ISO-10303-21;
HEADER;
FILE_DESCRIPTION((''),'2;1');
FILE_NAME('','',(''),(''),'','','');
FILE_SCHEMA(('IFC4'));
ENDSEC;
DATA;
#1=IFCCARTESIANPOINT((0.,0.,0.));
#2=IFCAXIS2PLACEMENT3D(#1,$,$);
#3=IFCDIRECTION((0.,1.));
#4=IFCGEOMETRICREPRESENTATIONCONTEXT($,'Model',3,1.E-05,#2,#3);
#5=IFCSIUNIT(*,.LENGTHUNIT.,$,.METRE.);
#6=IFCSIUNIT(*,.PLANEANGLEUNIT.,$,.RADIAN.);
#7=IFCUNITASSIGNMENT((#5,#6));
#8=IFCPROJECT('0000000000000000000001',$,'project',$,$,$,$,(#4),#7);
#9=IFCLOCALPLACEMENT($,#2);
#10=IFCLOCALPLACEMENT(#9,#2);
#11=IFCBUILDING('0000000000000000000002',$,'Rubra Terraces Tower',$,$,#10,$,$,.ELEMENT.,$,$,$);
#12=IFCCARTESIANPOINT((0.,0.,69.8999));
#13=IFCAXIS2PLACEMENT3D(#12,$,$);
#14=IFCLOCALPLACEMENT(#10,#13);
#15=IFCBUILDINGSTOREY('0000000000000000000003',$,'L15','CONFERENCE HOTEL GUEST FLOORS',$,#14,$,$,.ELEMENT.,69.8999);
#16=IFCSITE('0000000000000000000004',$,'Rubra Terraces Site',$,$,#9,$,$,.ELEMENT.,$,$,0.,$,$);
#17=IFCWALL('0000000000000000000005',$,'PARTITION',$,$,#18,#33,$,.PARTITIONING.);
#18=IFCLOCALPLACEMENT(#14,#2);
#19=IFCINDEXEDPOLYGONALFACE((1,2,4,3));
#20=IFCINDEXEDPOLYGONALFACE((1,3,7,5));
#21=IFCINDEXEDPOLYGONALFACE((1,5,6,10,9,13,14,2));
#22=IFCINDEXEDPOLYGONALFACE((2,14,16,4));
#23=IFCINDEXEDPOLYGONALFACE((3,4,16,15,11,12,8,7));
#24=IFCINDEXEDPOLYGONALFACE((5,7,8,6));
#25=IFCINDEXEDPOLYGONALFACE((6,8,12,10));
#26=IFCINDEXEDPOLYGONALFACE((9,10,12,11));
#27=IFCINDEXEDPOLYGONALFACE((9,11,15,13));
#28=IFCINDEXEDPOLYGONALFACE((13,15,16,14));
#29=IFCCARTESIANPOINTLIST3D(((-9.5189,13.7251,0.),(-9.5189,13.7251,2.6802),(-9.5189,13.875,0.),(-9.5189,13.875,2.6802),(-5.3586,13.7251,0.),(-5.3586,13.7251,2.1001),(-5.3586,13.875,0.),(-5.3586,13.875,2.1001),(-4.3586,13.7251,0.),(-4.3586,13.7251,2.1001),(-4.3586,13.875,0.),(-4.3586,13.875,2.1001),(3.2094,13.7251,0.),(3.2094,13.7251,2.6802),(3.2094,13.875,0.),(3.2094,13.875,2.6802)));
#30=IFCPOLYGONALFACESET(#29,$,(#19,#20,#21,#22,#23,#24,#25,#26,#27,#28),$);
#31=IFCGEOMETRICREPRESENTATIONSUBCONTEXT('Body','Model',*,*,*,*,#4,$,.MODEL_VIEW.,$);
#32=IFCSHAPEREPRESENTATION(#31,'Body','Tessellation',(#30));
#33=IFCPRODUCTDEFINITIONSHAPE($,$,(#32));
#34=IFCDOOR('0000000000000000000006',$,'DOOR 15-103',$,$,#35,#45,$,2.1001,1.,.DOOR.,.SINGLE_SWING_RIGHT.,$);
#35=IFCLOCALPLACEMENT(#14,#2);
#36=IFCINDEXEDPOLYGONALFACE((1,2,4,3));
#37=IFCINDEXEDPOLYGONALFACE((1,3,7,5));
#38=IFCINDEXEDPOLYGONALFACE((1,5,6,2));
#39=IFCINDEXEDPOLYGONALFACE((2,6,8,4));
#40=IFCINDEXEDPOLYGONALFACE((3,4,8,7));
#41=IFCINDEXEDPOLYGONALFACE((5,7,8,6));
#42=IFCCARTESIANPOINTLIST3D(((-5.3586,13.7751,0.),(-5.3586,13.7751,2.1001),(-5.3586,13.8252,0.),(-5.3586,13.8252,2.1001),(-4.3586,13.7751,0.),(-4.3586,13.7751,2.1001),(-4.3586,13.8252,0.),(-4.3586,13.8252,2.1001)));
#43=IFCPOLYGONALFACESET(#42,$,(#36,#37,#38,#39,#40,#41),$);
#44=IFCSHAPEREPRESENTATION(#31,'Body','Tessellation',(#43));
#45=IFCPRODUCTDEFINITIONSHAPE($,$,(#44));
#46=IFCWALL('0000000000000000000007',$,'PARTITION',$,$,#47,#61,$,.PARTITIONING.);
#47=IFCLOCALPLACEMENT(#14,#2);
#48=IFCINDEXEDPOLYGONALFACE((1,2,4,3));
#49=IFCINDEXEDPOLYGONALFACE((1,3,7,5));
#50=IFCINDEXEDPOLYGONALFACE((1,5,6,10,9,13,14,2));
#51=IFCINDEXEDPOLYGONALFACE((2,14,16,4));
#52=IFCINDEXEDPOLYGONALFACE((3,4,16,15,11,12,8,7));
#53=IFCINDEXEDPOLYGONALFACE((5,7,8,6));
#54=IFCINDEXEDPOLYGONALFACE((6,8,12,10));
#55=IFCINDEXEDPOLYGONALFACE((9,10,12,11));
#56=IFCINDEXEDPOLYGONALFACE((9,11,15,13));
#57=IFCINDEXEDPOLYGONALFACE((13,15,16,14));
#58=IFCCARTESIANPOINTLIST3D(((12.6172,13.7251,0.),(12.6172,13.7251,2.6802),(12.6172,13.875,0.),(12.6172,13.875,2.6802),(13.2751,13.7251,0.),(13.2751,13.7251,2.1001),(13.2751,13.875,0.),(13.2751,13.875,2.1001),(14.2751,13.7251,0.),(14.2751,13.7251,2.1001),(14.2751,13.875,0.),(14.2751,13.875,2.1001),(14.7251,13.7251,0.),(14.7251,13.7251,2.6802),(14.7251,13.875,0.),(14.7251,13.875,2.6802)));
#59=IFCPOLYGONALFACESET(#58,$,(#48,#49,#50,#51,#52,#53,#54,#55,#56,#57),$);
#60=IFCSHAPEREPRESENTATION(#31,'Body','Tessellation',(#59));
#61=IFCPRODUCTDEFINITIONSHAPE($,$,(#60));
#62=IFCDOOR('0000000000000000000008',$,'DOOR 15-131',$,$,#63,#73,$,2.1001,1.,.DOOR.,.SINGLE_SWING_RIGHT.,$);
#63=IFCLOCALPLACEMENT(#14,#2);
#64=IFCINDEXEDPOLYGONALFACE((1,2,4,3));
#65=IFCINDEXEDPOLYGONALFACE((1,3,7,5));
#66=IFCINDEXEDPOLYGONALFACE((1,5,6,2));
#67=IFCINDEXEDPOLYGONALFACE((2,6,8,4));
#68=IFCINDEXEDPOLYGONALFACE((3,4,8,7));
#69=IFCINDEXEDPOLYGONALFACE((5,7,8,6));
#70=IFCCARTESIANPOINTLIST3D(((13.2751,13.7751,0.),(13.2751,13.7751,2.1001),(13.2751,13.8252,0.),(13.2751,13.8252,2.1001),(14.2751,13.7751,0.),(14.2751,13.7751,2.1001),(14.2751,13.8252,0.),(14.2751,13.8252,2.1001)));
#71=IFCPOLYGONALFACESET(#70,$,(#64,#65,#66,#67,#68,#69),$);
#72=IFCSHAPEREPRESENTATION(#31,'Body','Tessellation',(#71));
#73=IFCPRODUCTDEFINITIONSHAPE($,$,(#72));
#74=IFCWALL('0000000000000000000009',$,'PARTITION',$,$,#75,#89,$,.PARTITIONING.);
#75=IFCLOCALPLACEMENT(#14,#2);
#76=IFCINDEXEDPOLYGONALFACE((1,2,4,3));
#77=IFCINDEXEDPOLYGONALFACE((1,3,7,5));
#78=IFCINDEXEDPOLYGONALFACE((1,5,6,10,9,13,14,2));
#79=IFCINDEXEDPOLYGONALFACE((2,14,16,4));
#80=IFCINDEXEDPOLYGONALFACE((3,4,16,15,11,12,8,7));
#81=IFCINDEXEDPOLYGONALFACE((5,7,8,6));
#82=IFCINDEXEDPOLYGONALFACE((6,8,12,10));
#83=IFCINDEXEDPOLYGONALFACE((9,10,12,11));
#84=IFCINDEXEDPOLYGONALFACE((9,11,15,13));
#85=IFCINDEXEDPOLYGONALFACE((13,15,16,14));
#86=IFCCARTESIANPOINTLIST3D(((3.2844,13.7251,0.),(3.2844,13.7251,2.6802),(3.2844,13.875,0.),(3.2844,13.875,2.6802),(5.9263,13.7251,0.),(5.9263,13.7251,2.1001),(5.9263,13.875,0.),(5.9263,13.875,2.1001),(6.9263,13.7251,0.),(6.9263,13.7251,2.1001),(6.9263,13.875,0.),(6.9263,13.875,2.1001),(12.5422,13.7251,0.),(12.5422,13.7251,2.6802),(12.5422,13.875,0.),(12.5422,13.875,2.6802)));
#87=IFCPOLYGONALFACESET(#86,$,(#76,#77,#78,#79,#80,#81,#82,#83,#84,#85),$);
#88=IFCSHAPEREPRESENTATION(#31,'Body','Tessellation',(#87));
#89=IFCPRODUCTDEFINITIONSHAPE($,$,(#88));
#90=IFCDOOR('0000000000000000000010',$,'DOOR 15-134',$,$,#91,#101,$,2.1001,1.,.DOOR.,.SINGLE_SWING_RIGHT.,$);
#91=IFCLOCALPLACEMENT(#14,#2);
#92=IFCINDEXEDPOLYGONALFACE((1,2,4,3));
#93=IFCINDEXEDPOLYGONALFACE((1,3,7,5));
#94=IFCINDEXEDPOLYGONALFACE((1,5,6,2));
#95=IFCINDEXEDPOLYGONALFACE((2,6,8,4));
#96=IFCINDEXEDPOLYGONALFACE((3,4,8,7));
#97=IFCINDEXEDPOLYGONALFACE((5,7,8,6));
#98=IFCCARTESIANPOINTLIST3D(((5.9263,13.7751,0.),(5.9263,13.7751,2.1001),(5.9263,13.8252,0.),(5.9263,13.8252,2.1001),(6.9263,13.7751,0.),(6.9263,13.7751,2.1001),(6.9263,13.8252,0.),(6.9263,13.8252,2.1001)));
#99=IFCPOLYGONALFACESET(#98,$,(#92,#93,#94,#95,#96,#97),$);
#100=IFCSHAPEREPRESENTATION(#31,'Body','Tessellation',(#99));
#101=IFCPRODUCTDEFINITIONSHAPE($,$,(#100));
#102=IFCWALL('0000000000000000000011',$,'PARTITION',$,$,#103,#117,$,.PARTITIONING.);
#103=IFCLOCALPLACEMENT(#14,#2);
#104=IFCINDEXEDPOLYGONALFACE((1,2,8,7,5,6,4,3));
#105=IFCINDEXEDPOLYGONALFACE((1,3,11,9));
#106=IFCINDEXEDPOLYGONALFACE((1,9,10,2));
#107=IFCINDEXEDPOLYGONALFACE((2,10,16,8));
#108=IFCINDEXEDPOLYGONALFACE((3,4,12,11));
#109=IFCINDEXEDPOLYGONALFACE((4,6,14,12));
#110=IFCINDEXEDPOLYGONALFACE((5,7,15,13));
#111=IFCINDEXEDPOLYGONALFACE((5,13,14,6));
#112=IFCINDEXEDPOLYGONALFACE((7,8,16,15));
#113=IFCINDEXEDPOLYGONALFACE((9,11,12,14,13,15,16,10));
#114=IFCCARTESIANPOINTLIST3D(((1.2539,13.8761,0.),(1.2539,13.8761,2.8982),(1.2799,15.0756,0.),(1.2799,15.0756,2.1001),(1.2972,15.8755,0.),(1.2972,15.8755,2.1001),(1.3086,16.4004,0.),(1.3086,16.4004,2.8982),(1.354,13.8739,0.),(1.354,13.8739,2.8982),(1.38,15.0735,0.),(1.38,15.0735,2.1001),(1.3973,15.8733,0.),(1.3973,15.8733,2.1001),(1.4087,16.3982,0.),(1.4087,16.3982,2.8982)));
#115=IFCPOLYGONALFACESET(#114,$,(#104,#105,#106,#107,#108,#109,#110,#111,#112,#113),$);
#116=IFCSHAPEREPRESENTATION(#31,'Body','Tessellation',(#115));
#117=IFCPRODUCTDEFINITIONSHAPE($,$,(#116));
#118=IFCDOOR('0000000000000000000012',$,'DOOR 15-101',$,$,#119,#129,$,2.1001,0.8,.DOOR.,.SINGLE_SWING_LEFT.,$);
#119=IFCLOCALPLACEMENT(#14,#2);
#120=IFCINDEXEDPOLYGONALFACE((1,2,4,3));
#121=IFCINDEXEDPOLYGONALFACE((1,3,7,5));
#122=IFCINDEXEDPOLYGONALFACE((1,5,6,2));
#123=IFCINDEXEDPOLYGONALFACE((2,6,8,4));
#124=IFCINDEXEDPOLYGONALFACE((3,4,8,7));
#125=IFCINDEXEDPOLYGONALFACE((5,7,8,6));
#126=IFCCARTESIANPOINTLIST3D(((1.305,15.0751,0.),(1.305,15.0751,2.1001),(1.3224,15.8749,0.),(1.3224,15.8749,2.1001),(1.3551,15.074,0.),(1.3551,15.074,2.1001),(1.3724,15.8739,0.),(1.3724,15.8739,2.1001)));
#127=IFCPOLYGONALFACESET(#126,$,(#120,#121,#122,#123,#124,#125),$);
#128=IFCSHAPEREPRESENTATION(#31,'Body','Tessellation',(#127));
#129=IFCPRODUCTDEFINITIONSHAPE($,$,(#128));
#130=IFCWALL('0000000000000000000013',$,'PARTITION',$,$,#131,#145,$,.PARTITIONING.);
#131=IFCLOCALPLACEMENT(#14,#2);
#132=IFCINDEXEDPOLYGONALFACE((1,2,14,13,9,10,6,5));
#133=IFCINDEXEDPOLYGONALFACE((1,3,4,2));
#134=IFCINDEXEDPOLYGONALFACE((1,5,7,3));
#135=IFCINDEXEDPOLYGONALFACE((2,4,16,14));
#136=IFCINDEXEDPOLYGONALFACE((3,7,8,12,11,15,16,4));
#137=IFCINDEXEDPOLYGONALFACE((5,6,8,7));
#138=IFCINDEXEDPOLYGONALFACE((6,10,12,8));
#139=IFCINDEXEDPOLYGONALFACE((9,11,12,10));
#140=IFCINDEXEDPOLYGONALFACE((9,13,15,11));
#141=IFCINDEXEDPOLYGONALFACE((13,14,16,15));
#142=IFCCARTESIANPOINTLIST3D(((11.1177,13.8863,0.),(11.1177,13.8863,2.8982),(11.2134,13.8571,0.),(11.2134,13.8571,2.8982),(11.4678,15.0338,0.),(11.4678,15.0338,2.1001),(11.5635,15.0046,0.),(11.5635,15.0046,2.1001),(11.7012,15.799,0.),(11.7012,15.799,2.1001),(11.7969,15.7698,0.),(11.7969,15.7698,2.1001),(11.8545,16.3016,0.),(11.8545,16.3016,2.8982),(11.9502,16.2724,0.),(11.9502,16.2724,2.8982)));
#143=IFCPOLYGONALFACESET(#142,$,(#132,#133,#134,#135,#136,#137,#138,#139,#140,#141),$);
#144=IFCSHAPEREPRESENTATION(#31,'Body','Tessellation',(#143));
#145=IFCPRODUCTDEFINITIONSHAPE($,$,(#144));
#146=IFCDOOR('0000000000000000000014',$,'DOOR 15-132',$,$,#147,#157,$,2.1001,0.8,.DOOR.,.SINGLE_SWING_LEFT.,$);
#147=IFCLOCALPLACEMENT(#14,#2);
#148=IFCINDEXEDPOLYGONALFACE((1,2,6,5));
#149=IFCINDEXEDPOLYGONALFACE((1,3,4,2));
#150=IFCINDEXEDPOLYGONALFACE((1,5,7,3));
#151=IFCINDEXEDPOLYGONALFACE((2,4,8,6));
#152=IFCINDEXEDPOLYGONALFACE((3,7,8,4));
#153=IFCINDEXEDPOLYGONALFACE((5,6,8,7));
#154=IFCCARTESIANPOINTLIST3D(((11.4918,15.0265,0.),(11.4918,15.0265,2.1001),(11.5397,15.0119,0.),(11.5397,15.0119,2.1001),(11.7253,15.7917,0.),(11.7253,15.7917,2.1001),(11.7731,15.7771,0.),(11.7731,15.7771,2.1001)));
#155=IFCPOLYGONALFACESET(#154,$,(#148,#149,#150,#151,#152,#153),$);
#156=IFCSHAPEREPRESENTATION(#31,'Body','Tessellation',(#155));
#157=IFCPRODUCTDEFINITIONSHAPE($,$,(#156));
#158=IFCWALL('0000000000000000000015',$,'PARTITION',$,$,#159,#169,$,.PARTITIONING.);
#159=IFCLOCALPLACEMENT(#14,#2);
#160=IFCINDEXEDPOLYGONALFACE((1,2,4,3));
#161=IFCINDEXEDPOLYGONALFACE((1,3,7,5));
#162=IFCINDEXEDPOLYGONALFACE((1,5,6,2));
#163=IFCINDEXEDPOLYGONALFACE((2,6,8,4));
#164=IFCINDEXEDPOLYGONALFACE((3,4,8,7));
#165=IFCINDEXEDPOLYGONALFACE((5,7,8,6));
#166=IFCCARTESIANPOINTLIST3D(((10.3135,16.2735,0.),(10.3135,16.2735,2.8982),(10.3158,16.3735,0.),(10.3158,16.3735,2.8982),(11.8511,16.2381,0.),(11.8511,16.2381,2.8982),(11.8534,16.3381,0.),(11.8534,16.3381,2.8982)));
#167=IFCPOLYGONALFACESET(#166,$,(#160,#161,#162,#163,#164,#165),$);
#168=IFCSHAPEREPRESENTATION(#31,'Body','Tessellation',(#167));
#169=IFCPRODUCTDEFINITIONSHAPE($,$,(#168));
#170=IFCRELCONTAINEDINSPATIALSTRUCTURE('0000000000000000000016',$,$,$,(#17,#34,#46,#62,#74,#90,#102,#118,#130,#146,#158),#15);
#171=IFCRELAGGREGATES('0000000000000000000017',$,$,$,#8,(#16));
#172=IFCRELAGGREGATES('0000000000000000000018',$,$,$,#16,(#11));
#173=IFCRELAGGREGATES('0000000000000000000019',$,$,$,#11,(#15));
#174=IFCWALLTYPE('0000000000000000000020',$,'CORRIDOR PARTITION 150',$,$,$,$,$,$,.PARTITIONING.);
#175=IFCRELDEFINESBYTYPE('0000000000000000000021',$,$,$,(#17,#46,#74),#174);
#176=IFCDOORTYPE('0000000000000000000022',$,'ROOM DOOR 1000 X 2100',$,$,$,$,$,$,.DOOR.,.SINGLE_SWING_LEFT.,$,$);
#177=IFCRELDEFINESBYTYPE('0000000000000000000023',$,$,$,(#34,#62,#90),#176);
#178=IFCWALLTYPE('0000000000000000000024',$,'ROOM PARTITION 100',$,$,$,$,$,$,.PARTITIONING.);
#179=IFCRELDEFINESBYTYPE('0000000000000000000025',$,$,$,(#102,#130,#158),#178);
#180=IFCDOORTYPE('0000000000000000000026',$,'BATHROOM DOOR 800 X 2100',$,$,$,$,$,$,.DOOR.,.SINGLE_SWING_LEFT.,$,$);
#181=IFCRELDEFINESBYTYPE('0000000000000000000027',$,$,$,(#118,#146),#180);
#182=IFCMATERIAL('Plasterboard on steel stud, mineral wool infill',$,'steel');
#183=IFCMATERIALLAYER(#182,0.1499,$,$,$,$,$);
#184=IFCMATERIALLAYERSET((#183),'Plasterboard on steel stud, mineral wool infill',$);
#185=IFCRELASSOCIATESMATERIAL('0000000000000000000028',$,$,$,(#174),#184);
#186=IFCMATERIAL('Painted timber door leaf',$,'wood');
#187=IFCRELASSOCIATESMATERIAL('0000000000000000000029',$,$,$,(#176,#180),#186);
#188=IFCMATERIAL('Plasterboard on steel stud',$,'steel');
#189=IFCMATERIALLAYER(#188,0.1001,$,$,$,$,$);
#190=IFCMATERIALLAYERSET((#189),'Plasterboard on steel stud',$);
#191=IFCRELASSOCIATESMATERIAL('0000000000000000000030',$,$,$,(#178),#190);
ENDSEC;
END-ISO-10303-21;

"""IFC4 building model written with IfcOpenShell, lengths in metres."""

from ifc_helpers import new_model, si_unit, direction, frame, frame_2d, origin, place, context, subcontext, project, spatial, rectangle, extrude, material, layer, layer_set, type_object, element, fill, save


model = new_model("IFC4")

# Units and contexts
model_context = context("Model", 3, precision=1e-05, world=origin(), true_north=direction((0.0, 1.0)))
body_context = subcontext(model_context, "Body", "Model", "MODEL_VIEW")
ifc_project = project(units=[si_unit("LENGTHUNIT", "METRE"), si_unit("PLANEANGLEUNIT", "RADIAN")], contexts=[model_context])

# Site, building, storey
site_placement = place(None, origin())
site = spatial("IfcSite", under=ifc_project, at=site_placement, Name="Rubra Terraces Site", CompositionType="ELEMENT", RefElevation=0.0)
building_placement = place(site_placement, origin())
building = spatial("IfcBuilding", under=site, at=building_placement, Name="Rubra Terraces Tower", CompositionType="ELEMENT")
storey_placement = place(building_placement, frame((0.0, 0.0, 69.8999)))
storey = spatial("IfcBuildingStorey", under=building, at=storey_placement, Name="L15", Description="CONFERENCE HOTEL GUEST FLOORS", CompositionType="ELEMENT", Elevation=69.8999)

# Walls, openings, doors
ifc_material_1 = material(Name="Plasterboard on steel stud, mineral wool infill", Category="steel")
ifc_layer_1 = layer(ifc_material_1, 0.1499)
ifc_layer_set_1 = layer_set([ifc_layer_1], Name="Plasterboard on steel stud, mineral wool infill")
wall_type_1 = type_object("IfcWallType", Name="CORRIDOR PARTITION 150", PredefinedType="PARTITIONING", material=ifc_layer_set_1)
wall_1_placement = place(storey_placement, frame((3.2095, 13.8, 0.0), z_axis=(0.0, 0.0, 1.0), x_axis=(-1.0, 0.0, 0.0)))
wall_1 = element("IfcWall", 1, at=wall_1_placement, inside=storey, type_object=wall_type_1, Name="PARTITION", PredefinedType="PARTITIONING", context=body_context, shape_type="SweptSolid", body=[
    extrude(rectangle(XDim=12.7283, YDim=0.1499, at=frame_2d((6.3643, 0.0))), origin(), (0.0, 0.0, 1.0), 2.6802),
])
opening_1_placement = place(wall_1_placement, frame((7.5681, 0.0, 0.0)))
opening_1 = element("IfcOpeningElement", 2, at=opening_1_placement, cuts=wall_1, PredefinedType="OPENING", context=body_context, shape_type="SweptSolid", body=[
    extrude(rectangle(XDim=1.0, YDim=2.1001, at=frame_2d((0.5, 1.05))), frame((0.0, 0.085, 0.0), z_axis=(0.0, -1.0, 0.0), x_axis=(1.0, 0.0, 0.0)), (0.0, 0.0, 1.0), 0.1699),
])
ifc_material_2 = material(Name="Painted timber door leaf", Category="wood")
door_type_1 = type_object("IfcDoorType", Name="ROOM DOOR 1000 X 2100", OperationType="SINGLE_SWING_LEFT", PredefinedType="DOOR", material=ifc_material_2)
door_1_placement = place(opening_1_placement, origin())
door_1 = element("IfcDoor", 3, at=door_1_placement, inside=storey, type_object=door_type_1, Name="DOOR 15-103", OperationType="SINGLE_SWING_RIGHT", OverallHeight=2.1001, OverallWidth=1.0, PredefinedType="DOOR", context=body_context, shape_type="SweptSolid", body=[
    extrude(rectangle(XDim=1.0, YDim=2.1001, at=frame_2d((0.5, 1.05))), frame((0.0, 0.0249, 0.0), z_axis=(0.0, -1.0, 0.0), x_axis=(1.0, 0.0, 0.0)), (0.0, 0.0, 1.0), 0.05),
])
fill(opening_1, door_1)
wall_2_placement = place(storey_placement, frame((14.7251, 13.8, 0.0), z_axis=(0.0, 0.0, 1.0), x_axis=(-1.0, 0.0, 0.0)))
wall_2 = element("IfcWall", 4, at=wall_2_placement, inside=storey, type_object=wall_type_1, Name="PARTITION", PredefinedType="PARTITIONING", context=body_context, shape_type="SweptSolid", body=[
    extrude(rectangle(XDim=2.1079, YDim=0.1499, at=frame_2d((1.054, 0.0))), origin(), (0.0, 0.0, 1.0), 2.6802),
])
opening_2_placement = place(wall_2_placement, frame((0.45, 0.0, 0.0)))
opening_2 = element("IfcOpeningElement", 5, at=opening_2_placement, cuts=wall_2, PredefinedType="OPENING", context=body_context, shape_type="SweptSolid", body=[
    extrude(rectangle(XDim=1.0, YDim=2.1001, at=frame_2d((0.5, 1.05))), frame((0.0, 0.085, 0.0), z_axis=(0.0, -1.0, 0.0), x_axis=(1.0, 0.0, 0.0)), (0.0, 0.0, 1.0), 0.1699),
])
door_2_placement = place(opening_2_placement, origin())
door_2 = element("IfcDoor", 6, at=door_2_placement, inside=storey, type_object=door_type_1, Name="DOOR 15-131", OperationType="SINGLE_SWING_RIGHT", OverallHeight=2.1001, OverallWidth=1.0, PredefinedType="DOOR", context=body_context, shape_type="SweptSolid", body=[
    extrude(rectangle(XDim=1.0, YDim=2.1001, at=frame_2d((0.5, 1.05))), frame((0.0, 0.0249, 0.0), z_axis=(0.0, -1.0, 0.0), x_axis=(1.0, 0.0, 0.0)), (0.0, 0.0, 1.0), 0.05),
])
fill(opening_2, door_2)
wall_3_placement = place(storey_placement, frame((12.5422, 13.8, 0.0), z_axis=(0.0, 0.0, 1.0), x_axis=(-1.0, 0.0, 0.0)))
wall_3 = element("IfcWall", 7, at=wall_3_placement, inside=storey, type_object=wall_type_1, Name="PARTITION", PredefinedType="PARTITIONING", context=body_context, shape_type="SweptSolid", body=[
    extrude(rectangle(XDim=9.2578, YDim=0.1499, at=frame_2d((4.6289, 0.0))), origin(), (0.0, 0.0, 1.0), 2.6802),
])
opening_3_placement = place(wall_3_placement, frame((5.616, 0.0, 0.0)))
opening_3 = element("IfcOpeningElement", 8, at=opening_3_placement, cuts=wall_3, PredefinedType="OPENING", context=body_context, shape_type="SweptSolid", body=[
    extrude(rectangle(XDim=1.0, YDim=2.1001, at=frame_2d((0.5, 1.05))), frame((0.0, 0.085, 0.0), z_axis=(0.0, -1.0, 0.0), x_axis=(1.0, 0.0, 0.0)), (0.0, 0.0, 1.0), 0.1699),
])
door_3_placement = place(opening_3_placement, origin())
door_3 = element("IfcDoor", 9, at=door_3_placement, inside=storey, type_object=door_type_1, Name="DOOR 15-134", OperationType="SINGLE_SWING_RIGHT", OverallHeight=2.1001, OverallWidth=1.0, PredefinedType="DOOR", context=body_context, shape_type="SweptSolid", body=[
    extrude(rectangle(XDim=1.0, YDim=2.1001, at=frame_2d((0.5, 1.05))), frame((0.0, 0.0249, 0.0), z_axis=(0.0, -1.0, 0.0), x_axis=(1.0, 0.0, 0.0)), (0.0, 0.0, 1.0), 0.05),
])
fill(opening_3, door_3)
ifc_material_3 = material(Name="Plasterboard on steel stud", Category="steel")
ifc_layer_2 = layer(ifc_material_3, 0.1001)
ifc_layer_set_2 = layer_set([ifc_layer_2], Name="Plasterboard on steel stud")
wall_type_2 = type_object("IfcWallType", Name="ROOM PARTITION 100", PredefinedType="PARTITIONING", material=ifc_layer_set_2)
wall_4_placement = place(storey_placement, frame((1.304, 13.875, 0.0), z_axis=(0.0, 0.0, 1.0), x_axis=(0.021658, 0.999765, 0.0)))
wall_4 = element("IfcWall", 10, at=wall_4_placement, inside=storey, type_object=wall_type_2, Name="PARTITION", PredefinedType="PARTITIONING", context=body_context, shape_type="SweptSolid", body=[
    extrude(rectangle(XDim=2.5249, YDim=0.1001, at=frame_2d((1.2625, 0.0))), origin(), (0.0, 0.0, 1.0), 2.8982),
])
opening_4_placement = place(wall_4_placement, frame((1.2, 0.0, 0.0)))
opening_4 = element("IfcOpeningElement", 11, at=opening_4_placement, cuts=wall_4, PredefinedType="OPENING", context=body_context, shape_type="SweptSolid", body=[
    extrude(rectangle(XDim=0.8, YDim=2.1001, at=frame_2d((0.3999, 1.05))), frame((0.0, 0.0601, 0.0), z_axis=(0.0, -1.0, 0.0), x_axis=(1.0, 0.0, 0.0)), (0.0, 0.0, 1.0), 0.1201),
])
door_type_2 = type_object("IfcDoorType", Name="BATHROOM DOOR 800 X 2100", OperationType="SINGLE_SWING_LEFT", PredefinedType="DOOR", material=ifc_material_2)
door_4_placement = place(opening_4_placement, origin())
door_4 = element("IfcDoor", 12, at=door_4_placement, inside=storey, type_object=door_type_2, Name="DOOR 15-101", OperationType="SINGLE_SWING_LEFT", OverallHeight=2.1001, OverallWidth=0.8, PredefinedType="DOOR", context=body_context, shape_type="SweptSolid", body=[
    extrude(rectangle(XDim=0.8, YDim=2.1001, at=frame_2d((0.3999, 1.05))), frame((0.0, 0.0249, 0.0), z_axis=(0.0, -1.0, 0.0), x_axis=(1.0, 0.0, 0.0)), (0.0, 0.0, 1.0), 0.05),
])
fill(opening_4, door_4)
wall_5_placement = place(storey_placement, frame((11.1655, 13.8716, 0.0), z_axis=(0.0, 0.0, 1.0), x_axis=(0.291789, 0.956483, 0.0)))
wall_5 = element("IfcWall", 13, at=wall_5_placement, inside=storey, type_object=wall_type_2, Name="PARTITION", PredefinedType="PARTITIONING", context=body_context, shape_type="SweptSolid", body=[
    extrude(rectangle(XDim=2.5251, YDim=0.1001, at=frame_2d((1.2627, 0.0))), origin(), (0.0, 0.0, 1.0), 2.8982),
])
opening_5_placement = place(wall_5_placement, frame((1.2, 0.0, 0.0)))
opening_5 = element("IfcOpeningElement", 14, at=opening_5_placement, cuts=wall_5, PredefinedType="OPENING", context=body_context, shape_type="SweptSolid", body=[
    extrude(rectangle(XDim=0.8, YDim=2.1001, at=frame_2d((0.3999, 1.05))), frame((0.0, 0.0601, 0.0), z_axis=(0.0, -1.0, 0.0), x_axis=(1.0, 0.0, 0.0)), (0.0, 0.0, 1.0), 0.1201),
])
door_5_placement = place(opening_5_placement, origin())
door_5 = element("IfcDoor", 15, at=door_5_placement, inside=storey, type_object=door_type_2, Name="DOOR 15-132", OperationType="SINGLE_SWING_LEFT", OverallHeight=2.1001, OverallWidth=0.8, PredefinedType="DOOR", context=body_context, shape_type="SweptSolid", body=[
    extrude(rectangle(XDim=0.8, YDim=2.1001, at=frame_2d((0.3999, 1.05))), frame((0.0, 0.0249, 0.0), z_axis=(0.0, -1.0, 0.0), x_axis=(1.0, 0.0, 0.0)), (0.0, 0.0, 1.0), 0.05),
])
fill(opening_5, door_5)

# Wall
wall_6_placement = place(storey_placement, frame((11.8523, 16.2881, 0.0), z_axis=(0.0, 0.0, 1.0), x_axis=(-0.999735, 0.023017, 0.0)))
element("IfcWall", 16, at=wall_6_placement, inside=storey, type_object=wall_type_2, Name="PARTITION", PredefinedType="PARTITIONING", context=body_context, shape_type="SweptSolid", body=[
    extrude(rectangle(XDim=1.5381, YDim=0.1001, at=frame_2d((0.769, 0.0))), origin(), (0.0, 0.0, 1.0), 2.8982),
])

save(model, "model.ifc")
